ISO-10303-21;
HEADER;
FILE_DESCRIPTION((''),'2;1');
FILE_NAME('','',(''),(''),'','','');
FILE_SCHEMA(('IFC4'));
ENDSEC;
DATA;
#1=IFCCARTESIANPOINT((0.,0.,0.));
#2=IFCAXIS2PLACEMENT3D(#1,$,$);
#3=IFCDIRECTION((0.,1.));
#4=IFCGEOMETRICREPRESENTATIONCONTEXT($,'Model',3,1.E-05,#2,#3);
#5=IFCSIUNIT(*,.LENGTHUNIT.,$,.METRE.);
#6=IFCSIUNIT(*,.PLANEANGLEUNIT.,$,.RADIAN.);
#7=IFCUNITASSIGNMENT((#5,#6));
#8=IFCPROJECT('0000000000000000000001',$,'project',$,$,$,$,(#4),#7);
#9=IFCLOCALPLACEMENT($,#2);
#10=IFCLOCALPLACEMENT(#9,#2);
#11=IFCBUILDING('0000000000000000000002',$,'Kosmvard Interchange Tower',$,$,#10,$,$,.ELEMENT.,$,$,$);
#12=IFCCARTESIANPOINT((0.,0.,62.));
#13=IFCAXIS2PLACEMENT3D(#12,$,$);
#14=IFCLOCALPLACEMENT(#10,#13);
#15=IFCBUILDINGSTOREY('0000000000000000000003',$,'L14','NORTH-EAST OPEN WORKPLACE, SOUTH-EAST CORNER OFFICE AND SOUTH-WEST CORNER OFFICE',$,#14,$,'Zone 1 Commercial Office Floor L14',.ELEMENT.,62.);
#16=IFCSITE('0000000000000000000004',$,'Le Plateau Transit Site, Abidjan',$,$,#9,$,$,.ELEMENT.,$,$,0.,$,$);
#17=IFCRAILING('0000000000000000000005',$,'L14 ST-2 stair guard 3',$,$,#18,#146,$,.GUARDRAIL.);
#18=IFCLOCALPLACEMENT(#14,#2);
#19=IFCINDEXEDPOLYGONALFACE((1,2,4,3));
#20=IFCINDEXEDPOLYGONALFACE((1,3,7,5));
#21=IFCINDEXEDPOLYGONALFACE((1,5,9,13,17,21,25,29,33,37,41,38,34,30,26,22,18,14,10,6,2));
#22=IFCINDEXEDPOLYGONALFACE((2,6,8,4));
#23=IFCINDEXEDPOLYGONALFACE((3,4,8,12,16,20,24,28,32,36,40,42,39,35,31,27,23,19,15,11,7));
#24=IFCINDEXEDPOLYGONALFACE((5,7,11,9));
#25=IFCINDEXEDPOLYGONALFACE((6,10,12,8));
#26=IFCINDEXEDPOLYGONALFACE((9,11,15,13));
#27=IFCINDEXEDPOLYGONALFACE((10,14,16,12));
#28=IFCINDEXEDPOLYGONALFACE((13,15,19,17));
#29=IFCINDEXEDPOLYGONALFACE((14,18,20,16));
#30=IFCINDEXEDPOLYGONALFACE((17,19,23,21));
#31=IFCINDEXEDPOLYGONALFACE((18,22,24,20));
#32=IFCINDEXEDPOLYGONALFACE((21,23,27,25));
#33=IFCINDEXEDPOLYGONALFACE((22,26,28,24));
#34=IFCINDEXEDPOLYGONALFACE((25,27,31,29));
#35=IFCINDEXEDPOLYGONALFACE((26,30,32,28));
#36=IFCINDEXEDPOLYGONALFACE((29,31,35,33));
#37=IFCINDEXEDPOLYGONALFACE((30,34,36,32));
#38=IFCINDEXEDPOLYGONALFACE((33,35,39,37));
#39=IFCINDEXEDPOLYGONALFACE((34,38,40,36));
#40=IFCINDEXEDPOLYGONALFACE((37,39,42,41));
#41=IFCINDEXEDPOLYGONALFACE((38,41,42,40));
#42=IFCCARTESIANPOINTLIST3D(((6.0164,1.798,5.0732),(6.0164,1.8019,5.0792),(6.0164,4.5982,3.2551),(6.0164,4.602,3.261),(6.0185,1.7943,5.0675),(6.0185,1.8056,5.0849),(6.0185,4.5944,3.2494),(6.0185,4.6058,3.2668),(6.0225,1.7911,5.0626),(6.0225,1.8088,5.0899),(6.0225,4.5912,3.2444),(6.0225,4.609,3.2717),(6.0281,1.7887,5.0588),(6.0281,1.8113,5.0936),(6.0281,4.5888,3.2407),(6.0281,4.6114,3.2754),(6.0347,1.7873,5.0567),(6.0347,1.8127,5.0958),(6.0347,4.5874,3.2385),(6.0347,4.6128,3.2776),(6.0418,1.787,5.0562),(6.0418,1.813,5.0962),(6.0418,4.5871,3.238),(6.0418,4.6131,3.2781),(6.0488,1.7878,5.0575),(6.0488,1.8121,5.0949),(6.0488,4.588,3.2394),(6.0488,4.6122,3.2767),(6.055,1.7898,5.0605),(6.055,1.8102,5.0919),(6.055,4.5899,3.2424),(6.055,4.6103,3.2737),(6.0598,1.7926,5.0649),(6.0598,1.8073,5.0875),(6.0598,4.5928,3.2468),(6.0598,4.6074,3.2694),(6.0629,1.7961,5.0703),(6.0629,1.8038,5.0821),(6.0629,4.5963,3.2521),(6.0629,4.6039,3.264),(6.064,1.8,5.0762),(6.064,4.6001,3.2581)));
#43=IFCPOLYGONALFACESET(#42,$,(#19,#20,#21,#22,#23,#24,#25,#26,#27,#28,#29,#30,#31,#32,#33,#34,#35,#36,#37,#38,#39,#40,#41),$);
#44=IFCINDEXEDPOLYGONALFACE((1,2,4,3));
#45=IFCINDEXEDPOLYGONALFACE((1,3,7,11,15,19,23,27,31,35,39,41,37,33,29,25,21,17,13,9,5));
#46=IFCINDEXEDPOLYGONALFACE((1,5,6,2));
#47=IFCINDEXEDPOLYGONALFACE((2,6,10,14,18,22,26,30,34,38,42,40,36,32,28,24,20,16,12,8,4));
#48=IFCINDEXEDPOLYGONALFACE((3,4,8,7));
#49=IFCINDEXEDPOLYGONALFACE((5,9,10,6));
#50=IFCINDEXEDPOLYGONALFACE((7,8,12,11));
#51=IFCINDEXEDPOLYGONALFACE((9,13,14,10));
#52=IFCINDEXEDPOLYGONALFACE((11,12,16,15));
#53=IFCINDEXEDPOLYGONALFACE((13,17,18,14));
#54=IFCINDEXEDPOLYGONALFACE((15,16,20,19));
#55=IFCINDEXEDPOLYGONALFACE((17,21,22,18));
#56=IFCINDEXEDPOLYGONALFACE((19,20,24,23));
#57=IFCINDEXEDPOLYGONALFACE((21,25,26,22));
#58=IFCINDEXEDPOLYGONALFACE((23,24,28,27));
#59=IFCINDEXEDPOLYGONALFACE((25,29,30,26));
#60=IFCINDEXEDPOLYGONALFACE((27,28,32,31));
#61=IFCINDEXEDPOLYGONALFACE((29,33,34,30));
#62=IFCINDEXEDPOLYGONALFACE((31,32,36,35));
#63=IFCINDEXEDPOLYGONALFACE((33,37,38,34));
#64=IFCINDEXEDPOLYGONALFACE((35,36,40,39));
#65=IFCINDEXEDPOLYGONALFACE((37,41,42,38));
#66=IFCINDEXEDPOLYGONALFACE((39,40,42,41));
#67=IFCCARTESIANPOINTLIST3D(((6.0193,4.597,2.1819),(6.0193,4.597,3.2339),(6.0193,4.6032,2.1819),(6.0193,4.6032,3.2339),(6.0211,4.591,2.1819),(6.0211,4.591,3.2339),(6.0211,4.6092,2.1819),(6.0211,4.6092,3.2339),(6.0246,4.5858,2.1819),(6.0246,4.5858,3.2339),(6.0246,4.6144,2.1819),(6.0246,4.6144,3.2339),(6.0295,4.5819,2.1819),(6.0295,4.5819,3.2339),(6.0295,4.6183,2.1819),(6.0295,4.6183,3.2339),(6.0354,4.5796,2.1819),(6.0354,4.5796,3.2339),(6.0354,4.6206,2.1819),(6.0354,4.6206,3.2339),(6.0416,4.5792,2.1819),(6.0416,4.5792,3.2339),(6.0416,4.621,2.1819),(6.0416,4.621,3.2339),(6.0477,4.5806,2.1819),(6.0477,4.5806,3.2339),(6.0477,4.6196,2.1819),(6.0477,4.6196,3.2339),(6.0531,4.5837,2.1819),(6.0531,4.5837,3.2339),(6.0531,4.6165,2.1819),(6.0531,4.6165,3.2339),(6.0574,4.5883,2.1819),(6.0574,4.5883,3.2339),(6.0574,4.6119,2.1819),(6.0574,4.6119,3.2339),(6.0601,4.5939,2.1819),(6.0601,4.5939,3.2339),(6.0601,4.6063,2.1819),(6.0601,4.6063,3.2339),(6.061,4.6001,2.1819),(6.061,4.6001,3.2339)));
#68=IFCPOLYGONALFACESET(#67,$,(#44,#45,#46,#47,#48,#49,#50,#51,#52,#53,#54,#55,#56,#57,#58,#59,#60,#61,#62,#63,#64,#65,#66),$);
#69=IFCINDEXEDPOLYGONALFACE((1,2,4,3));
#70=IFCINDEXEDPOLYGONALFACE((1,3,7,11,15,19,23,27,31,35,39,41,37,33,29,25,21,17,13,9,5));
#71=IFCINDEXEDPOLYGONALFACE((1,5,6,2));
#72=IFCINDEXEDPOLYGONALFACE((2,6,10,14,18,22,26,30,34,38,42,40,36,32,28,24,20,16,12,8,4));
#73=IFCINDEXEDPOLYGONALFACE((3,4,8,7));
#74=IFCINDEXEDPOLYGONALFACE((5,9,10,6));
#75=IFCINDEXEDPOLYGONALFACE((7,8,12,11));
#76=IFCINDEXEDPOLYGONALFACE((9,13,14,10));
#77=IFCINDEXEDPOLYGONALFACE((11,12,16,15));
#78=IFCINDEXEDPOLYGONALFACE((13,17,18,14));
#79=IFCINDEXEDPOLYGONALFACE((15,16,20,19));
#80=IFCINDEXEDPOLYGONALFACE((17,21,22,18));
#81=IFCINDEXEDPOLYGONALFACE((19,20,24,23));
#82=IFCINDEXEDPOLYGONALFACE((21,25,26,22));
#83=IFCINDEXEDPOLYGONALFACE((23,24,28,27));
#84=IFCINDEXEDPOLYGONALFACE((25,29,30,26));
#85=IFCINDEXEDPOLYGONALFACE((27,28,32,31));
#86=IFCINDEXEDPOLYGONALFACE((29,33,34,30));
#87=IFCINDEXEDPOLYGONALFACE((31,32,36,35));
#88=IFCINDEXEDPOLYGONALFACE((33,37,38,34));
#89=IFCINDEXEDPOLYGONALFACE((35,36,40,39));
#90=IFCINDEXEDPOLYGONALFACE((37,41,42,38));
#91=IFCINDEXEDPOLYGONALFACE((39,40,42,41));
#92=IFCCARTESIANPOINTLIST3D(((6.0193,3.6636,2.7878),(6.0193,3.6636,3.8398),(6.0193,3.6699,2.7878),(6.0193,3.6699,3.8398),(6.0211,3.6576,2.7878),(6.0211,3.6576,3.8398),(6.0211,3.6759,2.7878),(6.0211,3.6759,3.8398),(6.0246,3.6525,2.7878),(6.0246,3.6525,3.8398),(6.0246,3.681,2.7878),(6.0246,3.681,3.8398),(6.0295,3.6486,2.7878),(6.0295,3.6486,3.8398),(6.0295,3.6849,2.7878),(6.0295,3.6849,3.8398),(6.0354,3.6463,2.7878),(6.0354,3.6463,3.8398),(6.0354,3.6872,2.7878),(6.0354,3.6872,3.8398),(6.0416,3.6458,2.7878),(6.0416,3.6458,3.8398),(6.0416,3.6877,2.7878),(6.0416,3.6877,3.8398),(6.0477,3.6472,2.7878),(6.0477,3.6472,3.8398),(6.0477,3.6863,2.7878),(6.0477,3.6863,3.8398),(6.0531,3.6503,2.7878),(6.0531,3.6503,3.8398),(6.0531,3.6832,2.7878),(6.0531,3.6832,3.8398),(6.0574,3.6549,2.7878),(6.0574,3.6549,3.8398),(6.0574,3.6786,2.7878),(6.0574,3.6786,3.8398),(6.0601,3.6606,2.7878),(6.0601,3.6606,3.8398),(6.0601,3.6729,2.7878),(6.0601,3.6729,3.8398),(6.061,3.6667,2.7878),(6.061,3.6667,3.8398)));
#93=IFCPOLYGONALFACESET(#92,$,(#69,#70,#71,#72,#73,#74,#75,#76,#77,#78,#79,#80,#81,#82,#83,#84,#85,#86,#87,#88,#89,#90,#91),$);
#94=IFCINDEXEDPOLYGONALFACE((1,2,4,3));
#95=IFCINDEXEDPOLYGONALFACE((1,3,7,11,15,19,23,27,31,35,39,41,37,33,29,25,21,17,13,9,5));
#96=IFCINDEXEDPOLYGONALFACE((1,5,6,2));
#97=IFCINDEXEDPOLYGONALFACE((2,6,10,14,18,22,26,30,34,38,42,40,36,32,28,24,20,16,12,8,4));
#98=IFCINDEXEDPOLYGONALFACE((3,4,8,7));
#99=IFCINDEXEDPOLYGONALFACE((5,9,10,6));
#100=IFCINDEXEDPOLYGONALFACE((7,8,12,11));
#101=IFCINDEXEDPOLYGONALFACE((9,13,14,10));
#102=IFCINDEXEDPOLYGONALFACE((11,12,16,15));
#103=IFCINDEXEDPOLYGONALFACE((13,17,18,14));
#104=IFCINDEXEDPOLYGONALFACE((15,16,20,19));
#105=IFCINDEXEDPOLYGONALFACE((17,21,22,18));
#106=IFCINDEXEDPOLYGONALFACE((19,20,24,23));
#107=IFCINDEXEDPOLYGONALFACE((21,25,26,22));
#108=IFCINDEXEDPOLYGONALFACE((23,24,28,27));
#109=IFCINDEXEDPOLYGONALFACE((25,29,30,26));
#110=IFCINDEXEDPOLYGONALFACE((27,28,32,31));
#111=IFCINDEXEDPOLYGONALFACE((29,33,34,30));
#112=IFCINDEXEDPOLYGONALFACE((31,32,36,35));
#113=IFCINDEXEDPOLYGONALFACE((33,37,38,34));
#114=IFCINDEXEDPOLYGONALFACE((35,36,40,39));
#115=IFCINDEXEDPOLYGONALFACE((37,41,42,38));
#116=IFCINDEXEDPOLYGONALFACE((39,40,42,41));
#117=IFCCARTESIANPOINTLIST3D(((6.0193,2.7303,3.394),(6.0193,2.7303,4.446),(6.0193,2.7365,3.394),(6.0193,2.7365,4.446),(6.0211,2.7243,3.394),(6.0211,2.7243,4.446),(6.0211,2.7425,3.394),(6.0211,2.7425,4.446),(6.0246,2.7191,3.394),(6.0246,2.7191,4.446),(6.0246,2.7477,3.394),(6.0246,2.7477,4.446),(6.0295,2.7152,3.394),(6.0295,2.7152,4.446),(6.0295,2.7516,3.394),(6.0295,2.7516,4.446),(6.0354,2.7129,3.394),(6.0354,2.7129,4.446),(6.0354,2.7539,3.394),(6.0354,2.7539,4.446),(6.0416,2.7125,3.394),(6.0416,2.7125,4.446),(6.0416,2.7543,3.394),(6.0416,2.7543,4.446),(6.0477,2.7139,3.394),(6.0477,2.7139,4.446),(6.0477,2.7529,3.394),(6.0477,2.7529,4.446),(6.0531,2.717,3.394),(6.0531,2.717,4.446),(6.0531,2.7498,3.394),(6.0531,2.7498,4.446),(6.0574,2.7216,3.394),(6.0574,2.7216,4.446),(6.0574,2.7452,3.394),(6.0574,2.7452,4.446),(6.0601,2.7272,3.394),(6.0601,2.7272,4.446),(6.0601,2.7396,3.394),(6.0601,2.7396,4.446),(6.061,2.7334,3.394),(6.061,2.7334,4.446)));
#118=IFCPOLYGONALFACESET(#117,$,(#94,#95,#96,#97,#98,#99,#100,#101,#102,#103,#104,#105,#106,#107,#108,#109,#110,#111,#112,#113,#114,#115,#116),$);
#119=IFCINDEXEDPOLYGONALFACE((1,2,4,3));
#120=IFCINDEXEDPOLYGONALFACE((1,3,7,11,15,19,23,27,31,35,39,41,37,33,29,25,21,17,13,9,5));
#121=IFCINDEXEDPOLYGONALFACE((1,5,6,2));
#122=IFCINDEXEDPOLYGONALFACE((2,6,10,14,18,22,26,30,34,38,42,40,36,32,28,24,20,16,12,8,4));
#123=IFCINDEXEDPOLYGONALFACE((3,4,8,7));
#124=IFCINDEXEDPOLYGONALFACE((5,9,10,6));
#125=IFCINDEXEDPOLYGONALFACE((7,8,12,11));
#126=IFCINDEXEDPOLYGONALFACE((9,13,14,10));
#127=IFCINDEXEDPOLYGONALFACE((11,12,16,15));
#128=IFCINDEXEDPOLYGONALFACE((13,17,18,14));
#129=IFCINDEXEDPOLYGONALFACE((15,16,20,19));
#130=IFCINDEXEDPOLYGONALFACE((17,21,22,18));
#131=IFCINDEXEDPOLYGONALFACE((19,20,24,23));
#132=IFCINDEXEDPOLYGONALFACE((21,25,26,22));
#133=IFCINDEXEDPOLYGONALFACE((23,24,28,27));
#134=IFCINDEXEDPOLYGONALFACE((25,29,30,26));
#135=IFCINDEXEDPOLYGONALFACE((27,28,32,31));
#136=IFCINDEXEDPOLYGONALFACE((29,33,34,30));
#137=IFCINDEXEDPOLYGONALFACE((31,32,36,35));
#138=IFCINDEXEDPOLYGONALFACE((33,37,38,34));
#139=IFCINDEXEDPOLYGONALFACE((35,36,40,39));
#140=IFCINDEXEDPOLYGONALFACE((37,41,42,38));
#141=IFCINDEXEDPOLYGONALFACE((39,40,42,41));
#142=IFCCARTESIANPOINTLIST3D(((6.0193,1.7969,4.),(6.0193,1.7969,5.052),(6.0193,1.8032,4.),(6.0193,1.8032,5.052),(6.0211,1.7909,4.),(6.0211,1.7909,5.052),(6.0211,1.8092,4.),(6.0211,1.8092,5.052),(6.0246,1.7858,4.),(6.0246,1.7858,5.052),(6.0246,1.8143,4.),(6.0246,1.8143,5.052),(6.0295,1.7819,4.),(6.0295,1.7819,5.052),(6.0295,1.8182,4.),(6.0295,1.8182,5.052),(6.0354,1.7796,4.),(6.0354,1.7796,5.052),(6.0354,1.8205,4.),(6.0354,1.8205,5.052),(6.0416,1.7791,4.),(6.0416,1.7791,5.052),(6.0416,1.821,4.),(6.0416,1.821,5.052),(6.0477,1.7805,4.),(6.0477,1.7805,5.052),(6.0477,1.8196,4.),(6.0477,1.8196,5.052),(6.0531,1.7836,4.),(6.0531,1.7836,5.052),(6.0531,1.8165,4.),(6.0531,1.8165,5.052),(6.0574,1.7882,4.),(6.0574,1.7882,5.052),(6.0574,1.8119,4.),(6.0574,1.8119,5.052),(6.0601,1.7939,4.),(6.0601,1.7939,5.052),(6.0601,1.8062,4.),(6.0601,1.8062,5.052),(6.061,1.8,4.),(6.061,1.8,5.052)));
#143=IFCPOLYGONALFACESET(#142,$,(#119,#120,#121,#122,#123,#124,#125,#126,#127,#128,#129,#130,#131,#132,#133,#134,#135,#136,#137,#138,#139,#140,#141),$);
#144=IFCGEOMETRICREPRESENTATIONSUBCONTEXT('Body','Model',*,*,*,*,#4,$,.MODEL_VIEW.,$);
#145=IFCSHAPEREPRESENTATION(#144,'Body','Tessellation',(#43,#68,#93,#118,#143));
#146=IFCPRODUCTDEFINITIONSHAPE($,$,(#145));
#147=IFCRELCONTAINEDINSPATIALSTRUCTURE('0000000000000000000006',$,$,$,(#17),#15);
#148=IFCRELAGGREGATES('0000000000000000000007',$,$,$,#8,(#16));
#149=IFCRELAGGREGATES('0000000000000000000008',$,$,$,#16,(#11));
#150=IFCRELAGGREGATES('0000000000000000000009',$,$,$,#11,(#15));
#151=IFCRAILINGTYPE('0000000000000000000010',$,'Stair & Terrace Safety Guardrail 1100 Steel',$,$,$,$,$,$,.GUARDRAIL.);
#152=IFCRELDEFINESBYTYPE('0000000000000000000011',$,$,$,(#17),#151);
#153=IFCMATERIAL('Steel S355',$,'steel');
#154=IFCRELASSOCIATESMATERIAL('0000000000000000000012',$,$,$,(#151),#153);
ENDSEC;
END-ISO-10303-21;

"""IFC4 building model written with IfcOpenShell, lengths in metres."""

from ifc_helpers import new_model, si_unit, direction, frame, origin, origin_2d, place, context, subcontext, project, spatial, circle, extrude, source, transform, mapped, material, type_object, element, save


model = new_model("IFC4")

# Units and contexts
model_context = context("Model", 3, precision=1e-05, world=origin(), true_north=direction((0.0, 1.0)))
body_context = subcontext(model_context, "Body", "Model", "MODEL_VIEW")
ifc_project = project(units=[si_unit("LENGTHUNIT", "METRE"), si_unit("PLANEANGLEUNIT", "RADIAN")], contexts=[model_context])

# Site, building, storey
site_placement = place(None, origin())
site = spatial("IfcSite", under=ifc_project, at=site_placement, Name="Le Plateau Transit Site, Abidjan", CompositionType="ELEMENT", RefElevation=0.0)
building_placement = place(site_placement, origin())
building = spatial("IfcBuilding", under=site, at=building_placement, Name="Kosmvard Interchange Tower", CompositionType="ELEMENT")
storey_placement = place(building_placement, frame((0.0, 0.0, 62.0)))
storey = spatial("IfcBuildingStorey", under=building, at=storey_placement, Name="L14", Description="NORTH-EAST OPEN WORKPLACE, SOUTH-EAST CORNER OFFICE AND SOUTH-WEST CORNER OFFICE", LongName="Zone 1 Commercial Office Floor L14", CompositionType="ELEMENT", Elevation=62.0)

# Shared definitions
ifc_material_1 = material(Name="Steel S355", Category="steel")

# Railing
railing_type_1 = type_object("IfcRailingType", Name="Stair & Terrace Safety Guardrail 1100 Steel", PredefinedType="GUARDRAIL", material=ifc_material_1)
shared_shape_1 = source(origin(), body_context, "Body", "SweptSolid", [
    extrude(circle(Radius=0.0239, at=origin_2d()), frame((0.0, 0.0, 1.0762), z_axis=(0.0, -0.838706, 0.544585), x_axis=(1.0, 0.0, 0.0)), (0.0, 0.0, 1.0), 3.3386),
    extrude(circle(Radius=0.021, at=origin_2d()), origin(), (0.0, 0.0, 1.0), 1.052),
    extrude(circle(Radius=0.021, at=origin_2d()), frame((0.0, -0.9333, 0.606)), (0.0, 0.0, 1.0), 1.052),
    extrude(circle(Radius=0.021, at=origin_2d()), frame((0.0, -1.8667, 1.2122)), (0.0, 0.0, 1.0), 1.052),
    extrude(circle(Radius=0.021, at=origin_2d()), frame((0.0, -2.8, 1.8181)), (0.0, 0.0, 1.0), 1.052),
])
railing_1_placement = place(storey_placement, frame((6.04, 4.6001, 2.1819)))
element("IfcRailing", 1, at=railing_1_placement, inside=storey, type_object=railing_type_1, Name="L14 ST-2 stair guard 3", PredefinedType="GUARDRAIL", context=body_context, shape_type="MappedRepresentation", body=[
    mapped(shared_shape_1, transform((0.0, 0.0, 0.0), scale=1.0)),
])

save(model, "model.ifc")
